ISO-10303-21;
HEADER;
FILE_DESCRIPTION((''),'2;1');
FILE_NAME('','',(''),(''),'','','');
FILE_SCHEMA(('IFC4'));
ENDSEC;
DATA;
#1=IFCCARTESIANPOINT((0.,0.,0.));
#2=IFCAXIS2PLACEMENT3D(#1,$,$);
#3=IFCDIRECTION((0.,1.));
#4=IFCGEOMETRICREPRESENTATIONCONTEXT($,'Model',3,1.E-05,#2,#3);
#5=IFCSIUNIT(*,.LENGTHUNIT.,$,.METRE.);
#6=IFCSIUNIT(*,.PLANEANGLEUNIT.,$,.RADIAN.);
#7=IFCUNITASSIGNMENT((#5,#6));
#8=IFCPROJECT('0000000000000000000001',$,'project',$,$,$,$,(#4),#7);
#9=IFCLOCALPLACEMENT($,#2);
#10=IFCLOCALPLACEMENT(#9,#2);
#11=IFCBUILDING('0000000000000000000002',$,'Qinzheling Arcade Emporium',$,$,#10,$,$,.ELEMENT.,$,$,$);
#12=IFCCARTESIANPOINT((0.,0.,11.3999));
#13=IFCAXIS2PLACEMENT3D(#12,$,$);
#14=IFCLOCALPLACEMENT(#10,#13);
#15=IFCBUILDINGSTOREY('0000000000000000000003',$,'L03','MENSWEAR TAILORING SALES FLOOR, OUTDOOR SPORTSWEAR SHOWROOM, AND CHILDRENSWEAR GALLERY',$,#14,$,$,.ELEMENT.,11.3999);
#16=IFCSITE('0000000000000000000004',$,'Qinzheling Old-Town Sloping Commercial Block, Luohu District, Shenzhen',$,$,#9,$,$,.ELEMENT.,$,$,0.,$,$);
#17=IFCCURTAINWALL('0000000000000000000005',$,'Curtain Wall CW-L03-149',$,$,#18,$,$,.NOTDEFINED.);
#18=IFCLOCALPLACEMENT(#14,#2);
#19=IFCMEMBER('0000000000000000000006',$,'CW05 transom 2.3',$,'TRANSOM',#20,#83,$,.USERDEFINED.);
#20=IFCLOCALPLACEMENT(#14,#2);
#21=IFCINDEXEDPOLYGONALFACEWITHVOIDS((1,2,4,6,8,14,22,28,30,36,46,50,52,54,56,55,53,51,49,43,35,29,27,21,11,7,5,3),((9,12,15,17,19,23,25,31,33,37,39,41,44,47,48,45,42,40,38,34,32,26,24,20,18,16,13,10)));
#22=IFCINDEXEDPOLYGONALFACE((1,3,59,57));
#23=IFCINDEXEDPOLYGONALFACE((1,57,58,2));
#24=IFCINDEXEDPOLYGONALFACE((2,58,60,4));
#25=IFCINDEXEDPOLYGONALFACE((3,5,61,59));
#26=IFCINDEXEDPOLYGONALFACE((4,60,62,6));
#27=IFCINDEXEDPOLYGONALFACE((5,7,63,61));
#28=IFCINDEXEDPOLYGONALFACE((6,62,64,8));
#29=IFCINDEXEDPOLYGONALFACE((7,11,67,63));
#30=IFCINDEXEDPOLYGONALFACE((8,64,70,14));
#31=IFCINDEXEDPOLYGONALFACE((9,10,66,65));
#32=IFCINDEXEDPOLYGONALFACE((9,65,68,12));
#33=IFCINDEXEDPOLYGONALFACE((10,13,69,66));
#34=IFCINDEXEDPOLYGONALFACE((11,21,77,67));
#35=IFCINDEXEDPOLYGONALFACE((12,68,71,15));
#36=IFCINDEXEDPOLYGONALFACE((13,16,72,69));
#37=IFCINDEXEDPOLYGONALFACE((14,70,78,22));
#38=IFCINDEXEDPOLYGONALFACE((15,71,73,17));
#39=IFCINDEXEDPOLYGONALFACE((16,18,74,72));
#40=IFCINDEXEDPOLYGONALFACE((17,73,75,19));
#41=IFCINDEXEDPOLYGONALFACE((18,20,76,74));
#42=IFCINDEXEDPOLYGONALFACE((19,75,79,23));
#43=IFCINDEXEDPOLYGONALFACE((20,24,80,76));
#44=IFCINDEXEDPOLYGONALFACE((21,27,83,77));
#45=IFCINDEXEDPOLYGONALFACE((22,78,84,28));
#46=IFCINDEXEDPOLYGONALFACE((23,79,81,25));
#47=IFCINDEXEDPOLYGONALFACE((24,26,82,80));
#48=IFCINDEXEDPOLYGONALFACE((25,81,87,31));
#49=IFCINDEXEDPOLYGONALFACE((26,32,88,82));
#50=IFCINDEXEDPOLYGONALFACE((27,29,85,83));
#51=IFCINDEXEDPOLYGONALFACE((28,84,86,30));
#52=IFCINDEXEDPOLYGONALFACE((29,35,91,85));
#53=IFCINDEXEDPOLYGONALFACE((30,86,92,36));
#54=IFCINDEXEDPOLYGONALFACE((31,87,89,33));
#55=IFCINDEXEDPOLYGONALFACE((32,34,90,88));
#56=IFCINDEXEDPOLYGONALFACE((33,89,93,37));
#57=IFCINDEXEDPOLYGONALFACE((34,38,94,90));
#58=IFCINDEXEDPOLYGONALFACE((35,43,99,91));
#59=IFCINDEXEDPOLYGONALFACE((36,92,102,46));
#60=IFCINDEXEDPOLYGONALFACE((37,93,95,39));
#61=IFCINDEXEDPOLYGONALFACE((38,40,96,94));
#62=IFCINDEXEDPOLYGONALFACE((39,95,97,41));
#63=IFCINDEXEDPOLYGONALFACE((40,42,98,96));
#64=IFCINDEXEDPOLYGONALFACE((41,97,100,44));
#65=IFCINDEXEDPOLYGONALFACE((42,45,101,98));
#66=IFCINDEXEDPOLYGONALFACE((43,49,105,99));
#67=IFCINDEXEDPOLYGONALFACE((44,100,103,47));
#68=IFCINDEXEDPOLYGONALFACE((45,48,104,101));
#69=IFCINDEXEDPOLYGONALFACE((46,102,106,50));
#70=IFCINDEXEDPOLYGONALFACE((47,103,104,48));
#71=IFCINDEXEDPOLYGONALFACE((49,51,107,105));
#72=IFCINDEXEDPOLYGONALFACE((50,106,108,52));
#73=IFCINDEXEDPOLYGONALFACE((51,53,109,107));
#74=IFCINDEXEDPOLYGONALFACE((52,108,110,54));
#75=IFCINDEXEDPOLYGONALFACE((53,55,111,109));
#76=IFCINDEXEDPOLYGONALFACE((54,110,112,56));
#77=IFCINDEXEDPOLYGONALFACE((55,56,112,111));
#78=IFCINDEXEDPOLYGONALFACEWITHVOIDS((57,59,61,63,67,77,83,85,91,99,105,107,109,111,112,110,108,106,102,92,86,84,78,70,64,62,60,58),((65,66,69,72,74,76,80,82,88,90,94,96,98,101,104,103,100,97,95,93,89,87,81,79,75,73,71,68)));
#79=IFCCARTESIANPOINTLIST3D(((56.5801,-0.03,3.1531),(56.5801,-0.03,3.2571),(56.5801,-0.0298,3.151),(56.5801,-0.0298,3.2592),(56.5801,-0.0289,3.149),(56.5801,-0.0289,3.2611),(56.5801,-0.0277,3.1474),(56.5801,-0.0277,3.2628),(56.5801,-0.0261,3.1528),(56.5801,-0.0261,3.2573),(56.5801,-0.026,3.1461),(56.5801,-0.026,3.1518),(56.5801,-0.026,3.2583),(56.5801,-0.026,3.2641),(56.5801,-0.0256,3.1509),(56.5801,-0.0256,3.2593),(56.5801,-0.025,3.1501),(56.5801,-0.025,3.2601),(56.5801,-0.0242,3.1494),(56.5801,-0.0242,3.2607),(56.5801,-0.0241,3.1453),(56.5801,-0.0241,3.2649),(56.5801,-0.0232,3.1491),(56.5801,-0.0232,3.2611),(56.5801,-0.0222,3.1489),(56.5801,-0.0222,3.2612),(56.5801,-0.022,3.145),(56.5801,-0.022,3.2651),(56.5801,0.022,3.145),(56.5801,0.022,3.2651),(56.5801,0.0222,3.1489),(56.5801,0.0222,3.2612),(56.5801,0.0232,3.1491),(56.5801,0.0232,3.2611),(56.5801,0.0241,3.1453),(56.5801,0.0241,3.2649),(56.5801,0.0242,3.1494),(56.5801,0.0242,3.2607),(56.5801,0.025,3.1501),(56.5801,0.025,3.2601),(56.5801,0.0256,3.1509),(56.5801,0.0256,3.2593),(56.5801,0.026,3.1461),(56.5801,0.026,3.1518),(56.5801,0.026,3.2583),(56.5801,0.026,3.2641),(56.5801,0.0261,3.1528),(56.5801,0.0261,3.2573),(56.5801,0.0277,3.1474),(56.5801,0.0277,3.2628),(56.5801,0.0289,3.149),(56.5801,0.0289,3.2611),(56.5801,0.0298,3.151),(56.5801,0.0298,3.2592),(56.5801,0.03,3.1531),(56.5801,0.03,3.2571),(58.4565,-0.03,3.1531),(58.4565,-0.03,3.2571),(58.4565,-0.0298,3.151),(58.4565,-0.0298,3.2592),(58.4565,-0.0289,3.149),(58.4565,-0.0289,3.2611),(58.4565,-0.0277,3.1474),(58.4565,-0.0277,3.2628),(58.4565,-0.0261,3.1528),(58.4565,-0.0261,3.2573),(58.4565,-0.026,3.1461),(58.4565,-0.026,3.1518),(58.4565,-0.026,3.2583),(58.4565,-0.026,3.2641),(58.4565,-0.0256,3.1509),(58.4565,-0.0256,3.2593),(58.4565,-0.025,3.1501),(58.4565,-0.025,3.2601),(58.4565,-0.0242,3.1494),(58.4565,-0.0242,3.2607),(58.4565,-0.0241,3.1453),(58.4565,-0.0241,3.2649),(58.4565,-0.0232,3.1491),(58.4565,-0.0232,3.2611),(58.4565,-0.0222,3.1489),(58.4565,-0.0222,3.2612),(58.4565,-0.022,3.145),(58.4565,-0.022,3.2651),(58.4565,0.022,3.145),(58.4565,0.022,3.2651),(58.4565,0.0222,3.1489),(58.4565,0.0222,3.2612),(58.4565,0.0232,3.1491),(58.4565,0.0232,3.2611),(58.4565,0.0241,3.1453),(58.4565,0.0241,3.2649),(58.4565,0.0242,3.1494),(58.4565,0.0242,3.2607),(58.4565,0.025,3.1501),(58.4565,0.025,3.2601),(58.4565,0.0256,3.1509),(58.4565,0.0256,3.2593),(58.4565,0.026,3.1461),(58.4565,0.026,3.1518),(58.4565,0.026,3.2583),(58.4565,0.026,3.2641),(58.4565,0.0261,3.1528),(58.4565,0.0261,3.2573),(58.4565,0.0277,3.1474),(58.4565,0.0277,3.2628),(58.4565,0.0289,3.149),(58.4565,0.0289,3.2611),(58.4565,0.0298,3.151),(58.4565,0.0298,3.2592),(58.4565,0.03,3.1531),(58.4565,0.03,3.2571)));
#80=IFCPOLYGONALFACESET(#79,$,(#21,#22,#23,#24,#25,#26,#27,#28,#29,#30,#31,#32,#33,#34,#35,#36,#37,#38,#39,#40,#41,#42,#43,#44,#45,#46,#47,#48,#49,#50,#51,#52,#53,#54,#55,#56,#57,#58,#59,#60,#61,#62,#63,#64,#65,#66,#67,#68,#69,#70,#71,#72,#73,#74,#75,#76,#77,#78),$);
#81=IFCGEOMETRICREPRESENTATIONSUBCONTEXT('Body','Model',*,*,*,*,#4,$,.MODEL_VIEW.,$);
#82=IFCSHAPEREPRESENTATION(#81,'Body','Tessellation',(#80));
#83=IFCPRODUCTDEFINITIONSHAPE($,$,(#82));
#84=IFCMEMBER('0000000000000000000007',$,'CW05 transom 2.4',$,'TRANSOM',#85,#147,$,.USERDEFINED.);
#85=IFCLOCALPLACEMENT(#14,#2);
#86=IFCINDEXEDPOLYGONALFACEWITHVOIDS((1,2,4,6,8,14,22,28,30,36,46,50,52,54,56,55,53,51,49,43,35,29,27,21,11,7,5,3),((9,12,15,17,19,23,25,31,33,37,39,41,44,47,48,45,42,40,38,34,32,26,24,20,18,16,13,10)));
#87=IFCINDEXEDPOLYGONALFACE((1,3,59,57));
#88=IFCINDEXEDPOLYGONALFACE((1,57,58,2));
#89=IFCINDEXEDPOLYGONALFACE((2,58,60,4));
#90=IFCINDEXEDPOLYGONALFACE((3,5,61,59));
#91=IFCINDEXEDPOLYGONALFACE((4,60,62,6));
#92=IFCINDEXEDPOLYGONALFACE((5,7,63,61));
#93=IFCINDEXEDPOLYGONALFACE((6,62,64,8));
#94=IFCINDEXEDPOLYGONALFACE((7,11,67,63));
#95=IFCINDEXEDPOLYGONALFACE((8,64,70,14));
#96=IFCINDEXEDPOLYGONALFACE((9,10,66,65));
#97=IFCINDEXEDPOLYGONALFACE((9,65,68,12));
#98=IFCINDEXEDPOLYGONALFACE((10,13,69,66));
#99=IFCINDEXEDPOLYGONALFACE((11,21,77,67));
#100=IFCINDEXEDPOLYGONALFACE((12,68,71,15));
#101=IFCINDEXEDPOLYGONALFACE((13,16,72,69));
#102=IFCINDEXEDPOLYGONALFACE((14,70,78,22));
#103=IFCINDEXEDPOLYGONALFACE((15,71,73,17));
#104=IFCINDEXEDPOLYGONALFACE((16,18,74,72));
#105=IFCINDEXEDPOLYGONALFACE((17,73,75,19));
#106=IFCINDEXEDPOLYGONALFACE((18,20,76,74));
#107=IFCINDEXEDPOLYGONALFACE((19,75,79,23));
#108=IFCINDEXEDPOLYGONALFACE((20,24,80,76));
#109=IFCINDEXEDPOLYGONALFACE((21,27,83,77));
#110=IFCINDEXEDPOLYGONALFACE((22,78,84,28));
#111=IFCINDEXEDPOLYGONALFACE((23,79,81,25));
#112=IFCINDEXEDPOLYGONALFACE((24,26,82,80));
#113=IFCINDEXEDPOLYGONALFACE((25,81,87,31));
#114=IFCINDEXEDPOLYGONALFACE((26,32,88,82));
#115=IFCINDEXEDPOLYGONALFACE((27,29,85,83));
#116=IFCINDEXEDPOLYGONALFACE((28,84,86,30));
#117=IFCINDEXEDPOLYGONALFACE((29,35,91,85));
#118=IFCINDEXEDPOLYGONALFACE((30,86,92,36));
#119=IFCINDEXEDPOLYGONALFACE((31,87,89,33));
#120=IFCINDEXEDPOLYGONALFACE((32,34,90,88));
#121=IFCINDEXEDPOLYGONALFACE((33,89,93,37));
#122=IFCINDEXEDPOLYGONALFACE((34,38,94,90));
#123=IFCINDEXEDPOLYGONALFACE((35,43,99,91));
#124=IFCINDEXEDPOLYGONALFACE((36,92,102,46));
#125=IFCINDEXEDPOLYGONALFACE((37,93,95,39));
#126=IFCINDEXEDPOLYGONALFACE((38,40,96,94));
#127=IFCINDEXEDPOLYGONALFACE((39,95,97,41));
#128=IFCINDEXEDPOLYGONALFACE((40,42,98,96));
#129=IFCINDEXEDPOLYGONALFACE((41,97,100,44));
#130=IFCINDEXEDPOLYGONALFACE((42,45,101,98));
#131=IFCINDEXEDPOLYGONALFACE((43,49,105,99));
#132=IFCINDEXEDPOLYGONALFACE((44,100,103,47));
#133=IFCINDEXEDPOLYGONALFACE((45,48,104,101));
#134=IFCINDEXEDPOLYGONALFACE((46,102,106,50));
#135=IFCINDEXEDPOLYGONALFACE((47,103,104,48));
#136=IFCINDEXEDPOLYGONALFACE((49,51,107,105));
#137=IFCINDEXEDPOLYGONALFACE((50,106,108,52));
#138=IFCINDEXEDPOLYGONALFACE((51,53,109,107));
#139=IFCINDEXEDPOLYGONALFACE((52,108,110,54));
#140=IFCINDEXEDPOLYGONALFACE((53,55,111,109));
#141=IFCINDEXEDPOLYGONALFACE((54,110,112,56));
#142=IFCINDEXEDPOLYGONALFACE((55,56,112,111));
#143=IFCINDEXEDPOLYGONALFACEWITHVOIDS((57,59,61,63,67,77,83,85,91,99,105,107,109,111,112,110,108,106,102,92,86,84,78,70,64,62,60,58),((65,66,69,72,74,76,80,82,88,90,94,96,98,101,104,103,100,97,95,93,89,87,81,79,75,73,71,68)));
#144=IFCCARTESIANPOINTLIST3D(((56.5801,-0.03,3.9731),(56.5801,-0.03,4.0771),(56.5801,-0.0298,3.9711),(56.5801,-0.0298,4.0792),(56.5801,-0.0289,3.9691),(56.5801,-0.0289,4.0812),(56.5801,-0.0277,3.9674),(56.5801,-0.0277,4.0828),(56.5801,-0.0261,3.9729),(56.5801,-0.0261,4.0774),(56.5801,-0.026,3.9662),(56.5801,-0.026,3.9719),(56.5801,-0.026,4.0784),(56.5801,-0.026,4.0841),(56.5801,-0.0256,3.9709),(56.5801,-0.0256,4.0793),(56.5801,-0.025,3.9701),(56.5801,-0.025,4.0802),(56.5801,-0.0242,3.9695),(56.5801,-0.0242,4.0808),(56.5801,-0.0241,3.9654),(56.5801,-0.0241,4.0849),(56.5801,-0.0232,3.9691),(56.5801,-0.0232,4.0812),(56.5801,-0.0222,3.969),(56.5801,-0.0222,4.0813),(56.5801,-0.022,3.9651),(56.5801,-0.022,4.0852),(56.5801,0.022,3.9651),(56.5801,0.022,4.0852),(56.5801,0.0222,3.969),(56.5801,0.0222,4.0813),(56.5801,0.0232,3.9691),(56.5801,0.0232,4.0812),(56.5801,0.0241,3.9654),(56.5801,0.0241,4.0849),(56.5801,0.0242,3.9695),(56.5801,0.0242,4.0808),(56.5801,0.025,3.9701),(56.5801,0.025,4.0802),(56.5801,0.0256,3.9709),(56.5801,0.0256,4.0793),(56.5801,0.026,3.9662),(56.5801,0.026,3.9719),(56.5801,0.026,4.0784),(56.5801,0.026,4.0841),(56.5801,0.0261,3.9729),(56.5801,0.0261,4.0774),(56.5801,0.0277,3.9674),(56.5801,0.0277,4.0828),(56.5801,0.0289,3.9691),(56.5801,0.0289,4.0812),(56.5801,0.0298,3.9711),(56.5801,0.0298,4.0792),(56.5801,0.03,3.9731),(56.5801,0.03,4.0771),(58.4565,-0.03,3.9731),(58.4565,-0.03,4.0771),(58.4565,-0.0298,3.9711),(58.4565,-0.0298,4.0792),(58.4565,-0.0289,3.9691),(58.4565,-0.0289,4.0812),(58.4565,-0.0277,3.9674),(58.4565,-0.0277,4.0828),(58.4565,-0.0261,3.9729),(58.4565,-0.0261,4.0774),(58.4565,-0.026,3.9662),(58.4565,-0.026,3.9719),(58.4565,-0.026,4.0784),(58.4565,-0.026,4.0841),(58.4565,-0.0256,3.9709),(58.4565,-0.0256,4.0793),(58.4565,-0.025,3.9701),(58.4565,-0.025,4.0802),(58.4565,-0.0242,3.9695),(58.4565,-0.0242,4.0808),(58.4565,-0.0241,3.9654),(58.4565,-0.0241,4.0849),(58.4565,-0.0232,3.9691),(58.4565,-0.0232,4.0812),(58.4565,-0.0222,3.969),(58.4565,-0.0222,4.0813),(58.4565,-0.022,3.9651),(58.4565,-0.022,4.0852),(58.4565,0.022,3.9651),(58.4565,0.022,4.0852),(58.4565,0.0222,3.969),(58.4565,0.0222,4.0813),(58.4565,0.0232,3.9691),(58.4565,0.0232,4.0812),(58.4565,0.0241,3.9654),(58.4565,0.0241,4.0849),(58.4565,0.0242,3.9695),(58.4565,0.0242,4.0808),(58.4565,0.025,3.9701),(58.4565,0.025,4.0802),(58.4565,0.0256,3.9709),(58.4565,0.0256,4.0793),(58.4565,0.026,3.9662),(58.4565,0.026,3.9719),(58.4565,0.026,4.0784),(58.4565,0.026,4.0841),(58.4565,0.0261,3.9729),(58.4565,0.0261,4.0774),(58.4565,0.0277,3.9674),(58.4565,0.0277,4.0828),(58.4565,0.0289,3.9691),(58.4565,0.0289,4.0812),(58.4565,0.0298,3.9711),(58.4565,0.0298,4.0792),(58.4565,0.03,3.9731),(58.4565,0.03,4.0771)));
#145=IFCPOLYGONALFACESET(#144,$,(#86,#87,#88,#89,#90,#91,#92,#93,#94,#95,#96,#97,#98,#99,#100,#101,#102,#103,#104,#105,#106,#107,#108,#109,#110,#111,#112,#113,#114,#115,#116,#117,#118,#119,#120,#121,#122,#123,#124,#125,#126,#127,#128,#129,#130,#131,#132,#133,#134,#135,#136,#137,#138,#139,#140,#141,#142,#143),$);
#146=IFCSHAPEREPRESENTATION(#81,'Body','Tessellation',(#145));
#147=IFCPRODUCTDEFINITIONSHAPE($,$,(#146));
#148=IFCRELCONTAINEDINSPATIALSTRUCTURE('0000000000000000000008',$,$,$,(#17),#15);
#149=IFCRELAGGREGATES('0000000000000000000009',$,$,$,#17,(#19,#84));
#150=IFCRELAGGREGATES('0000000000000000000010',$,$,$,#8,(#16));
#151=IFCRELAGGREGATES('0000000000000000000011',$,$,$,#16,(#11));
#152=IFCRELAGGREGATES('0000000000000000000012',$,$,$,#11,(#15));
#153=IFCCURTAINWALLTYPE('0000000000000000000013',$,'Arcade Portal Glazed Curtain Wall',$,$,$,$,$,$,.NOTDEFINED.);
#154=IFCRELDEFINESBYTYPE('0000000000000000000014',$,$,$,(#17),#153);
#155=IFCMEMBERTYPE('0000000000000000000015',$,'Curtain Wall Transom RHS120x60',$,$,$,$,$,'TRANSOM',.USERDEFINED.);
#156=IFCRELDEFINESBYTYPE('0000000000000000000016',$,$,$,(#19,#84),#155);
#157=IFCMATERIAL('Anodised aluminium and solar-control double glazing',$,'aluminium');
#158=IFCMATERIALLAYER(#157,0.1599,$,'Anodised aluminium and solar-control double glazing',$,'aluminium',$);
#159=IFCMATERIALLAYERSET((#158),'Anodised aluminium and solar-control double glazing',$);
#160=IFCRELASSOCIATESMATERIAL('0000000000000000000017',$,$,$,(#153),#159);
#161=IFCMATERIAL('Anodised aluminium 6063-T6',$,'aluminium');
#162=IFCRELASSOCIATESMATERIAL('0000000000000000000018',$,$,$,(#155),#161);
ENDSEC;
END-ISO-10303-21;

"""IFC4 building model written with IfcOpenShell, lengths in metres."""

from ifc_helpers import new_model, si_unit, direction, frame, origin, origin_2d, place, context, subcontext, project, spatial, hollow_rectangle, extrude, material, layer, layer_set, material_profile, profile_set, type_object, element, aggregate, save


model = new_model("IFC4")

# Units and contexts
model_context = context("Model", 3, precision=1e-05, world=origin(), true_north=direction((0.0, 1.0)))
body_context = subcontext(model_context, "Body", "Model", "MODEL_VIEW")
ifc_project = project(units=[si_unit("LENGTHUNIT", "METRE"), si_unit("PLANEANGLEUNIT", "RADIAN")], contexts=[model_context])

# Site, building, storey
site_placement = place(None, origin())
site = spatial("IfcSite", under=ifc_project, at=site_placement, Name="Qinzheling Old-Town Sloping Commercial Block, Luohu District, Shenzhen", CompositionType="ELEMENT", RefElevation=0.0)
building_placement = place(site_placement, origin())
building = spatial("IfcBuilding", under=site, at=building_placement, Name="Qinzheling Arcade Emporium", CompositionType="ELEMENT")
storey_placement = place(building_placement, frame((0.0, 0.0, 11.3999)))
storey = spatial("IfcBuildingStorey", under=building, at=storey_placement, Name="L03", Description="MENSWEAR TAILORING SALES FLOOR, OUTDOOR SPORTSWEAR SHOWROOM, AND CHILDRENSWEAR GALLERY", CompositionType="ELEMENT", Elevation=11.3999)

# Curtain wall
ifc_material_1 = material(Name="Anodised aluminium and solar-control double glazing", Category="aluminium")
ifc_layer_1 = layer(ifc_material_1, 0.1599, Name="Anodised aluminium and solar-control double glazing", Category="aluminium")
ifc_layer_set_1 = layer_set([ifc_layer_1], Name="Anodised aluminium and solar-control double glazing")
curtain_wall_type = type_object("IfcCurtainWallType", Name="Arcade Portal Glazed Curtain Wall", PredefinedType="NOTDEFINED", material=ifc_layer_set_1)
curtain_wall_1_placement = place(storey_placement, origin())
curtain_wall_1 = element("IfcCurtainWall", 1, at=curtain_wall_1_placement, inside=storey, type_object=curtain_wall_type, Name="Curtain Wall CW-L03-149", PredefinedType="NOTDEFINED")
ifc_material_2 = material(Name="Anodised aluminium 6063-T6", Category="aluminium")

# Members
ifc_material_profile_1 = material_profile(ifc_material_2, hollow_rectangle(XDim=0.0601, YDim=0.1201, WallThickness=0.0039, InnerFilletRadius=0.0039, OuterFilletRadius=0.0081, at=origin_2d()), Name="RHS 120x60x4", Category="aluminium")
ifc_profile_set_1 = profile_set([ifc_material_profile_1], Name="Anodised aluminium 6063-T6")
member_type_1 = type_object("IfcMemberType", Name="Curtain Wall Transom RHS120x60", ElementType="TRANSOM", PredefinedType="USERDEFINED", material=ifc_profile_set_1)
member_1_placement = place(storey_placement, frame((58.4565, 0.0, 3.2051), z_axis=(-1.0, 0.0, 0.0), x_axis=(0.0, -1.0, 0.0)))
member_1 = element("IfcMember", 2, at=member_1_placement, type_object=member_type_1, Name="CW05 transom 2.3", ObjectType="TRANSOM", PredefinedType="USERDEFINED", context=body_context, shape_type="SweptSolid", body=[
    extrude(hollow_rectangle(XDim=0.0601, YDim=0.1201, WallThickness=0.0039, InnerFilletRadius=0.0039, OuterFilletRadius=0.0081, at=origin_2d()), origin(), (0.0, 0.0, 1.0), 1.8765),
])
member_2_placement = place(storey_placement, frame((58.4565, 0.0, 4.0251), z_axis=(-1.0, 0.0, 0.0), x_axis=(0.0, -1.0, 0.0)))
member_2 = element("IfcMember", 3, at=member_2_placement, type_object=member_type_1, Name="CW05 transom 2.4", ObjectType="TRANSOM", PredefinedType="USERDEFINED", context=body_context, shape_type="SweptSolid", body=[
    extrude(hollow_rectangle(XDim=0.0601, YDim=0.1201, WallThickness=0.0039, InnerFilletRadius=0.0039, OuterFilletRadius=0.0081, at=origin_2d()), origin(), (0.0, 0.0, 1.0), 1.8765),
])

aggregate(curtain_wall_1, [member_1, member_2])

save(model, "model.ifc")
